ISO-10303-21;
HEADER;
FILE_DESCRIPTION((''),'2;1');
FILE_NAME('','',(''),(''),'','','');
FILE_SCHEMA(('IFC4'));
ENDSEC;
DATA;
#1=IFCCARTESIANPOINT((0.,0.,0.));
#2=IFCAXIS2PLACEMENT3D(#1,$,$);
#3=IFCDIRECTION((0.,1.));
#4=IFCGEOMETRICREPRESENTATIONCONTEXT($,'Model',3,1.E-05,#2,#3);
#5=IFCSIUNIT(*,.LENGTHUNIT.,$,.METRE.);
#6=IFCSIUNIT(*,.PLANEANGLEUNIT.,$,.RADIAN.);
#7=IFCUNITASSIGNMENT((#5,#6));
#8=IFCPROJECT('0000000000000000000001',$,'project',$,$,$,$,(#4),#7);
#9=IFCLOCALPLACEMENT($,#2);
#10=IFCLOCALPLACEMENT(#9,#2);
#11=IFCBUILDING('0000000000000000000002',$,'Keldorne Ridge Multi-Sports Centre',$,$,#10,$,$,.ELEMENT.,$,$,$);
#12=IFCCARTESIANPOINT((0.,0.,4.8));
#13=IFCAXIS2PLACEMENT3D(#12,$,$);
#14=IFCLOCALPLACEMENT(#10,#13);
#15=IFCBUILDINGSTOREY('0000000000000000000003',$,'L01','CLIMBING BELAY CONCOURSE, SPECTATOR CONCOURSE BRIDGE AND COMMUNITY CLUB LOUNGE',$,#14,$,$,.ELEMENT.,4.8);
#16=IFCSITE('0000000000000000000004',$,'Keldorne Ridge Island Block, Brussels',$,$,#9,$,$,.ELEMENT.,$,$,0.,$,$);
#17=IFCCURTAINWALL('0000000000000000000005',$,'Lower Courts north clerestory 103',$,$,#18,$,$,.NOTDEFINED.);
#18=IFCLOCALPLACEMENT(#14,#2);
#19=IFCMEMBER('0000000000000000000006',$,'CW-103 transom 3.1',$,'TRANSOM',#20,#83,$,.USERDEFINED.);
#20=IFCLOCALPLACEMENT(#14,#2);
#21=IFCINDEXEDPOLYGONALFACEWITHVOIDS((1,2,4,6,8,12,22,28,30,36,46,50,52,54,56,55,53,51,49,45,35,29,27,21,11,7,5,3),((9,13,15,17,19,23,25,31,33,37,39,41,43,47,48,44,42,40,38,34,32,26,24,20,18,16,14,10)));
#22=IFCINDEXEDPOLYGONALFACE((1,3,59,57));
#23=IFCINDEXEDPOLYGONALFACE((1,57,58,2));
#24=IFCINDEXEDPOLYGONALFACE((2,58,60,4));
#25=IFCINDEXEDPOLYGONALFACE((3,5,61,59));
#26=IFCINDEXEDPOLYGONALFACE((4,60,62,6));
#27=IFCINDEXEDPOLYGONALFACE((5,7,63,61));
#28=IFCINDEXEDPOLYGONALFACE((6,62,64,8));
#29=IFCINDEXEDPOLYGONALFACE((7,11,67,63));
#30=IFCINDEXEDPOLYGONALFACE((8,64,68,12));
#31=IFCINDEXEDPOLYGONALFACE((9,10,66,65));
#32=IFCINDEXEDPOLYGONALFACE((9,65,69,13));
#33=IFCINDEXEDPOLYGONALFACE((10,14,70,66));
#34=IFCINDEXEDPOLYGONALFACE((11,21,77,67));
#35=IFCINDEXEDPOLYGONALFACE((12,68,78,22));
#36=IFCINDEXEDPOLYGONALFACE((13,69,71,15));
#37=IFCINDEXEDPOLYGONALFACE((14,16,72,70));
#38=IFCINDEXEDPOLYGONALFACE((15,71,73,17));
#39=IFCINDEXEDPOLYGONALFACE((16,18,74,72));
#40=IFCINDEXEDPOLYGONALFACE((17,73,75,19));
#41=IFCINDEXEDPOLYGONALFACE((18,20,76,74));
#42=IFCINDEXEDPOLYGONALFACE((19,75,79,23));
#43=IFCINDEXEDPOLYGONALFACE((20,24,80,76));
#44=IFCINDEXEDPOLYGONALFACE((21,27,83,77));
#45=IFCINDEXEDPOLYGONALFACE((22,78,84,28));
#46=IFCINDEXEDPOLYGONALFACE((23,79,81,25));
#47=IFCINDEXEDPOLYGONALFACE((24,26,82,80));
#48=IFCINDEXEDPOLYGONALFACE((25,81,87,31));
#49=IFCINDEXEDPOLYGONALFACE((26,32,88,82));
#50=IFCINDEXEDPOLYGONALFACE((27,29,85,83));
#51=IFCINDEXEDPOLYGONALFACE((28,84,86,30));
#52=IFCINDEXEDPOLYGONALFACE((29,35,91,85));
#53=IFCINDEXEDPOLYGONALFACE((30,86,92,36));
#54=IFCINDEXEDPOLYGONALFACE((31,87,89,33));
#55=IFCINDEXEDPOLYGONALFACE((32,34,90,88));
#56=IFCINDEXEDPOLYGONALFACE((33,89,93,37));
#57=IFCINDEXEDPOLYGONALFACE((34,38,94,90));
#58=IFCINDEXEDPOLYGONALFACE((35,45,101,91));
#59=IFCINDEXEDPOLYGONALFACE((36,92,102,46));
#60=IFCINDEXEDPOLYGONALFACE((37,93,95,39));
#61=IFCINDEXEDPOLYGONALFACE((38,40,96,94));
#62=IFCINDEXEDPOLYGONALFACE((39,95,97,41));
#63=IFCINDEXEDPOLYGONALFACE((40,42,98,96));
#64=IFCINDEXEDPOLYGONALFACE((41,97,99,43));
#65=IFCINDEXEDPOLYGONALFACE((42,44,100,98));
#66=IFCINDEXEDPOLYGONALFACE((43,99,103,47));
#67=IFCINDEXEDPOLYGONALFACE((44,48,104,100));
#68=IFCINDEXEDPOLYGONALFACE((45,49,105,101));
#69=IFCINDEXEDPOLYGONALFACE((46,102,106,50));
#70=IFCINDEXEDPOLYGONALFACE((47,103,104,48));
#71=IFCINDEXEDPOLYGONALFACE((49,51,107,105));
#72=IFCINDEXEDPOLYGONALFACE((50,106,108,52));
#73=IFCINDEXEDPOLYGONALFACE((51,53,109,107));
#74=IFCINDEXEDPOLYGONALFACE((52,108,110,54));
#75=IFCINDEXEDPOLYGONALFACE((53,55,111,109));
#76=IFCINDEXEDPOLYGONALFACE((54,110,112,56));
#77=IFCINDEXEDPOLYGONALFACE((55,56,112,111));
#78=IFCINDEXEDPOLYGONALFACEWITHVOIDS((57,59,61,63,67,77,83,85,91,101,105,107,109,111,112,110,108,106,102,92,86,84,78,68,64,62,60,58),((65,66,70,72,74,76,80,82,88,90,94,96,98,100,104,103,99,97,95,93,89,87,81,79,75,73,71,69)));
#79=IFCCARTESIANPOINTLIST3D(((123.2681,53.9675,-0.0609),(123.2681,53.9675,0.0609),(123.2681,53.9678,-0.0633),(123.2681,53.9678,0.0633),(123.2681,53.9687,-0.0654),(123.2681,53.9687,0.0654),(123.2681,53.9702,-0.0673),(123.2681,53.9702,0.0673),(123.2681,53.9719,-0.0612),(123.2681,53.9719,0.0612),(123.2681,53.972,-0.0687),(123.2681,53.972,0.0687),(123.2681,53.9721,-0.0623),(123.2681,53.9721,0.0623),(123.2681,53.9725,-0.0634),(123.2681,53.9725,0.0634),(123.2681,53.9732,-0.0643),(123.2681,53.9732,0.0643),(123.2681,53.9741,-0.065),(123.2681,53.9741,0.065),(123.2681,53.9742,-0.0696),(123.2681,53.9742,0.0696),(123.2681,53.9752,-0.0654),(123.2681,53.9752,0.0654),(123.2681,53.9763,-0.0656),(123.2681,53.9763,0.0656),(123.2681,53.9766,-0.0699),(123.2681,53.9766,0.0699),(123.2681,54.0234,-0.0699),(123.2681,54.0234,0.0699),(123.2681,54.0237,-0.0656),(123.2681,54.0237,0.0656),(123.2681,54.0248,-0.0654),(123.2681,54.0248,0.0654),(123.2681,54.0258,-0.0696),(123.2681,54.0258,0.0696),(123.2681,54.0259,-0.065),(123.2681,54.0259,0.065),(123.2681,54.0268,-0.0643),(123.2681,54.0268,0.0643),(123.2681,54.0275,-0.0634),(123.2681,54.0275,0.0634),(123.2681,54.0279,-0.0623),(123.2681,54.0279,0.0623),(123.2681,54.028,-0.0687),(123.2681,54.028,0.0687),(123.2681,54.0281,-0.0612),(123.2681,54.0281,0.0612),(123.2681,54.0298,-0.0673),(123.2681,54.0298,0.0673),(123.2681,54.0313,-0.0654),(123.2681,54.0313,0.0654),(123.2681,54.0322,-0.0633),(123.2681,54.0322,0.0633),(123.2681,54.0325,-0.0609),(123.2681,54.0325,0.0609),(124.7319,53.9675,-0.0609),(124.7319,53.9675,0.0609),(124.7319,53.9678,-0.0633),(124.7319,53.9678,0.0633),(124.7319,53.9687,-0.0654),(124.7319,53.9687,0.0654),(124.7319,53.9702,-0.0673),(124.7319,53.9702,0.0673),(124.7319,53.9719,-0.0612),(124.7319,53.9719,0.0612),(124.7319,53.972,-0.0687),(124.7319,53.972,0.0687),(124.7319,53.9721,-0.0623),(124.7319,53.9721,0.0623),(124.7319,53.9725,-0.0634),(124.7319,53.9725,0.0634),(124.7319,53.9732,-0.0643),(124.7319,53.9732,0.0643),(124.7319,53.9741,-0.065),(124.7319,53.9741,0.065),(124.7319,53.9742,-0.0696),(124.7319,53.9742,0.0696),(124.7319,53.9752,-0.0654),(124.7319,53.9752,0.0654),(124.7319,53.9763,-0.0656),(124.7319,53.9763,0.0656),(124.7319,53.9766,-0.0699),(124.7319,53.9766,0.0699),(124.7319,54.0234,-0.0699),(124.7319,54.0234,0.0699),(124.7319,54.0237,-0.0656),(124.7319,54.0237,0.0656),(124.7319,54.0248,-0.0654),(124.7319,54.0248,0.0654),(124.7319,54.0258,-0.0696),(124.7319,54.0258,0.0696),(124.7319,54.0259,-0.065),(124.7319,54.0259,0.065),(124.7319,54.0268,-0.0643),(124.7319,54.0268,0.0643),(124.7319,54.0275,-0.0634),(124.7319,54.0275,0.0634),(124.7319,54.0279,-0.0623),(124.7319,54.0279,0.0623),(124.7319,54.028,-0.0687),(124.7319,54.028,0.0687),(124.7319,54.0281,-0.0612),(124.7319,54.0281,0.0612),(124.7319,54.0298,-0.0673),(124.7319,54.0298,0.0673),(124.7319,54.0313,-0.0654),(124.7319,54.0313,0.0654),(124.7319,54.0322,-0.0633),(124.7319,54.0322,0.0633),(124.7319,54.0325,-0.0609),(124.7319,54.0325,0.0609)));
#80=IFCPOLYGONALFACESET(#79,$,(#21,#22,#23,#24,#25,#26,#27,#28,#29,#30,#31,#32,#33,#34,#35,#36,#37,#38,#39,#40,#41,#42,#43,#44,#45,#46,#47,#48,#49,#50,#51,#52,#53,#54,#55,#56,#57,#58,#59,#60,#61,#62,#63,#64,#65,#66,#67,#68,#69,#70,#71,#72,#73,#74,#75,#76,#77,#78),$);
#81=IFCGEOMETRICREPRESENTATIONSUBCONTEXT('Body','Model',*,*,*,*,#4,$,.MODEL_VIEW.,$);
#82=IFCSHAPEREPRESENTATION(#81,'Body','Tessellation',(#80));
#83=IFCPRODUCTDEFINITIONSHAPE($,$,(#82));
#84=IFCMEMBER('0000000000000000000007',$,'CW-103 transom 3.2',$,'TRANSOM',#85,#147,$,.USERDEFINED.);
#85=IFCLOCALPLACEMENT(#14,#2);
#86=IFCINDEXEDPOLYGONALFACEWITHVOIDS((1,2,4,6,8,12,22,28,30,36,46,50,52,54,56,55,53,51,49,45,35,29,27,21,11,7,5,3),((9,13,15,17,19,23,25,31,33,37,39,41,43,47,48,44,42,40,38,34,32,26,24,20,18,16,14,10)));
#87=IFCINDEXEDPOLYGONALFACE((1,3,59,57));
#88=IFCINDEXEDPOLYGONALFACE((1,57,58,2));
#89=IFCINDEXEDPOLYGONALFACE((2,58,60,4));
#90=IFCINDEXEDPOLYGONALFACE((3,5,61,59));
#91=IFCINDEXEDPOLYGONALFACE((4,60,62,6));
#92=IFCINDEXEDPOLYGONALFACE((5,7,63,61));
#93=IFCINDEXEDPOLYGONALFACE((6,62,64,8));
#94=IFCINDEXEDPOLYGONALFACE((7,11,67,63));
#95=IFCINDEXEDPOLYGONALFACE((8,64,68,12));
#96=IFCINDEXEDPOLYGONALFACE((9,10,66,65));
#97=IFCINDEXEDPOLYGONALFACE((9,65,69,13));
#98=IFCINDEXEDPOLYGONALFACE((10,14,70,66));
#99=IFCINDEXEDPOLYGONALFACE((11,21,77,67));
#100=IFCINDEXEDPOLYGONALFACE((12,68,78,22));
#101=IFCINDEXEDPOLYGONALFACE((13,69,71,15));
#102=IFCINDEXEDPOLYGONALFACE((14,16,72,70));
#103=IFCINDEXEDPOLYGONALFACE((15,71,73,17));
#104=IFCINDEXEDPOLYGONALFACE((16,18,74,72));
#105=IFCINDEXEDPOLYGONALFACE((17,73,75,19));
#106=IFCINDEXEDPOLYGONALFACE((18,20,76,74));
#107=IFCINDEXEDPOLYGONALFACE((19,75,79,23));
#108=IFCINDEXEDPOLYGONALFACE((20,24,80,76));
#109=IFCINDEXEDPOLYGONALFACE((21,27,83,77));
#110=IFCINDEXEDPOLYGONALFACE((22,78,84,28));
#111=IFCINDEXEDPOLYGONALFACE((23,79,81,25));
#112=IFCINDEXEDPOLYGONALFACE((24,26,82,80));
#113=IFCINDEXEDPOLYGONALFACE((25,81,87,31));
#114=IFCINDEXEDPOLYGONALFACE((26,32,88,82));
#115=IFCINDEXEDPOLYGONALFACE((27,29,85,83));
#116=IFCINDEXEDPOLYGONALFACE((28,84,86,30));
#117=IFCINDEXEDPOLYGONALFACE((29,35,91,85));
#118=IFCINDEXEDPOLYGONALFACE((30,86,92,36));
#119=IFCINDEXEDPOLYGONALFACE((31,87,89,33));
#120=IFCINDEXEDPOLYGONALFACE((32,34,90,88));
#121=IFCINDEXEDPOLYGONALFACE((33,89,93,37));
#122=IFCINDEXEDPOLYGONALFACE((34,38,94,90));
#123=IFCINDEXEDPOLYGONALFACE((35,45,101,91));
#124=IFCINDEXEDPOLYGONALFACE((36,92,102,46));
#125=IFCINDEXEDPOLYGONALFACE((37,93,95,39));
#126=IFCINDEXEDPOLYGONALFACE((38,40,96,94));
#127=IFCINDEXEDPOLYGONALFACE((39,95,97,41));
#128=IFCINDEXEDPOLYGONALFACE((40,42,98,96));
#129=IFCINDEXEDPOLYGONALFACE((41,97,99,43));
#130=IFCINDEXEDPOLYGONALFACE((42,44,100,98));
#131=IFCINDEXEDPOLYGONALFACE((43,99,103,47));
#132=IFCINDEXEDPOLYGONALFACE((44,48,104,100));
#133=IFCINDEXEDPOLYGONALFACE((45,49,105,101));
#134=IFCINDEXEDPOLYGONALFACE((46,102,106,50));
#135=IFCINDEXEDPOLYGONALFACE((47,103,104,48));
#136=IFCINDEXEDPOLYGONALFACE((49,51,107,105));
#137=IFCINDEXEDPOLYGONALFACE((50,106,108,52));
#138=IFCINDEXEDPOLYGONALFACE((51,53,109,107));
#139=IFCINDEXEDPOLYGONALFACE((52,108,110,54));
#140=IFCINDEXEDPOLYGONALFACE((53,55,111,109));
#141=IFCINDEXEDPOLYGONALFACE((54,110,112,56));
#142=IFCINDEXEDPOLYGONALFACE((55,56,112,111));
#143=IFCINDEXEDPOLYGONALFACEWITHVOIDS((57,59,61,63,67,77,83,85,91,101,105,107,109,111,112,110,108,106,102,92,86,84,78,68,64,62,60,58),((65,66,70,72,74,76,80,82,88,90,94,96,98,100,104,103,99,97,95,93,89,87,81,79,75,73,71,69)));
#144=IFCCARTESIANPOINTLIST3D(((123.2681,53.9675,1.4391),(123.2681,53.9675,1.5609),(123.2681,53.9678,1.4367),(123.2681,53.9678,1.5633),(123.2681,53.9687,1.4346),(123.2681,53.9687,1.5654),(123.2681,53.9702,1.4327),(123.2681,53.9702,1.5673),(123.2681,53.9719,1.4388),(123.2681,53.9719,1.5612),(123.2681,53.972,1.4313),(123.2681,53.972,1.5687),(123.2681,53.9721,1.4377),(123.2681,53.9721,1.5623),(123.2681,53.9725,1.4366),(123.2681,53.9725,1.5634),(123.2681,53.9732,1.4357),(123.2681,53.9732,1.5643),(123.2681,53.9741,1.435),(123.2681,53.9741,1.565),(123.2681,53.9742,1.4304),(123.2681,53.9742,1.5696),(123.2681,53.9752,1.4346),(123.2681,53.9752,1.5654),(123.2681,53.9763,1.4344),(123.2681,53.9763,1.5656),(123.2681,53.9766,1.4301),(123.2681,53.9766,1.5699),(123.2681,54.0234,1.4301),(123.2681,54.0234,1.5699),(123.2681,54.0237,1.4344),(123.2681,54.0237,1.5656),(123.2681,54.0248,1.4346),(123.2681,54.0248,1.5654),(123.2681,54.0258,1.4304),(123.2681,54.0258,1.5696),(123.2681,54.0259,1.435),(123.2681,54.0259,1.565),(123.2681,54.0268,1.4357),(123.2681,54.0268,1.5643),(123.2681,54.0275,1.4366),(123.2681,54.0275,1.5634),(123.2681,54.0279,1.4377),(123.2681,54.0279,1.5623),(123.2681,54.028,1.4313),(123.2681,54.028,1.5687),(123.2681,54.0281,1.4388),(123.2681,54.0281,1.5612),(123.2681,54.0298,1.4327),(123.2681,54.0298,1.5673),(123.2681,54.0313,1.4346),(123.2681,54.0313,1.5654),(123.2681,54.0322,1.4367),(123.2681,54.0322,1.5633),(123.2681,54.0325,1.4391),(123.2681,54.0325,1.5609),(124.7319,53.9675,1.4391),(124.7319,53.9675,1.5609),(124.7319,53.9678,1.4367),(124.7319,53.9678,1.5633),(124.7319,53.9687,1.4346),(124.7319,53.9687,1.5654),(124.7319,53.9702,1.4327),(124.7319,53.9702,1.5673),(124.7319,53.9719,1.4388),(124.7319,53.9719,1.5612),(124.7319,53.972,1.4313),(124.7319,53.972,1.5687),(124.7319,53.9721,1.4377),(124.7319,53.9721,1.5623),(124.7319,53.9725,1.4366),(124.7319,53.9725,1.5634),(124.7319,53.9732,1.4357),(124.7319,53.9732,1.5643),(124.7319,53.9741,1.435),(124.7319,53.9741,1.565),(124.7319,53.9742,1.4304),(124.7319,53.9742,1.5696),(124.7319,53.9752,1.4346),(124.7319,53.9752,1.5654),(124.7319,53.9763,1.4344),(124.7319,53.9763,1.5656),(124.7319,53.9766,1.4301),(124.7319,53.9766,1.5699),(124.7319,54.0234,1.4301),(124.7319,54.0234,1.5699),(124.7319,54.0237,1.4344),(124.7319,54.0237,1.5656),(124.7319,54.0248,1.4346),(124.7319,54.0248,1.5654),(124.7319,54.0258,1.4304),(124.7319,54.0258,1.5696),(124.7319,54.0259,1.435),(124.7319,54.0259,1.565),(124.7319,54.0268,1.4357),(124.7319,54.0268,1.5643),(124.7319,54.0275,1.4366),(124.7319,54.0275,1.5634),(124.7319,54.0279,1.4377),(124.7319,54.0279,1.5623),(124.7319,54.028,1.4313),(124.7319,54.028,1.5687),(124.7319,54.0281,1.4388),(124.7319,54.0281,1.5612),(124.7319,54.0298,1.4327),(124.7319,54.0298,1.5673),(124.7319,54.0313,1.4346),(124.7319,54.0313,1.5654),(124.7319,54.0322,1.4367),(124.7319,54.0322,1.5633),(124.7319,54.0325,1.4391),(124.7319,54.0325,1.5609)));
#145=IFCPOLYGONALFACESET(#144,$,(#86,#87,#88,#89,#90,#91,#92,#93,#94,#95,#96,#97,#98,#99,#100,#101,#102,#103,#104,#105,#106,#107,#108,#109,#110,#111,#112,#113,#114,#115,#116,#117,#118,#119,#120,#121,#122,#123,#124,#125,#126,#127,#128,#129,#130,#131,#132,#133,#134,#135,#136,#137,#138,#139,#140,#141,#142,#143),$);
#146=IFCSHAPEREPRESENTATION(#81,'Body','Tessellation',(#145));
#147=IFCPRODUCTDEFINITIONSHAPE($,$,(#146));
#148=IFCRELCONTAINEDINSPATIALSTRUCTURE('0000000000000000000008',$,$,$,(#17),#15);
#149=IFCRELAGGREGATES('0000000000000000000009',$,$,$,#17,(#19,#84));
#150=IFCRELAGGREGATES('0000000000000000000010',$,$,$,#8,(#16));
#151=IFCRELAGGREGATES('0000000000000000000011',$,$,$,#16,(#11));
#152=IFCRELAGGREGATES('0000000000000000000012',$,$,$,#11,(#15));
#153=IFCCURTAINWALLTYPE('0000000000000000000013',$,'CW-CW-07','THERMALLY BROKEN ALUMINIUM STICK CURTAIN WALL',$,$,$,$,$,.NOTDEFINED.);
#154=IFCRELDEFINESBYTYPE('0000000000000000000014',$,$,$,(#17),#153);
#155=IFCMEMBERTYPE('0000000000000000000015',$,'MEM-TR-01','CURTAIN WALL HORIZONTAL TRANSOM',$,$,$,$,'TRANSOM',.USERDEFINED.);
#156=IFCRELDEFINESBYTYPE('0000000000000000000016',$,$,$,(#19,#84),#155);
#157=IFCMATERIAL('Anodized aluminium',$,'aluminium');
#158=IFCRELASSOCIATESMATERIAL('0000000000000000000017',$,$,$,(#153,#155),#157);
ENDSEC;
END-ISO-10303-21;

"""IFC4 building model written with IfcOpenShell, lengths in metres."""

from ifc_helpers import new_model, si_unit, direction, frame, origin, origin_2d, place, context, subcontext, project, spatial, hollow_rectangle, extrude, material, material_profile, profile_set, type_object, element, aggregate, save


model = new_model("IFC4")

# Units and contexts
model_context = context("Model", 3, precision=1e-05, world=origin(), true_north=direction((0.0, 1.0)))
body_context = subcontext(model_context, "Body", "Model", "MODEL_VIEW")
ifc_project = project(units=[si_unit("LENGTHUNIT", "METRE"), si_unit("PLANEANGLEUNIT", "RADIAN")], contexts=[model_context])

# Site, building, storey
site_placement = place(None, origin())
site = spatial("IfcSite", under=ifc_project, at=site_placement, Name="Keldorne Ridge Island Block, Brussels", CompositionType="ELEMENT", RefElevation=0.0)
building_placement = place(site_placement, origin())
building = spatial("IfcBuilding", under=site, at=building_placement, Name="Keldorne Ridge Multi-Sports Centre", CompositionType="ELEMENT")
storey_placement = place(building_placement, frame((0.0, 0.0, 4.8)))
storey = spatial("IfcBuildingStorey", under=building, at=storey_placement, Name="L01", Description="CLIMBING BELAY CONCOURSE, SPECTATOR CONCOURSE BRIDGE AND COMMUNITY CLUB LOUNGE", CompositionType="ELEMENT", Elevation=4.8)

# Curtain wall, members
ifc_material_1 = material(Name="Anodized aluminium", Category="aluminium")
curtain_wall_type = type_object("IfcCurtainWallType", Name="CW-CW-07", Description="THERMALLY BROKEN ALUMINIUM STICK CURTAIN WALL", PredefinedType="NOTDEFINED", material=ifc_material_1)
curtain_wall_placement = place(storey_placement, origin())
curtain_wall = element("IfcCurtainWall", 1, at=curtain_wall_placement, inside=storey, type_object=curtain_wall_type, Name="Lower Courts north clerestory 103", PredefinedType="NOTDEFINED")
ifc_material_profile_1 = material_profile(ifc_material_1, hollow_rectangle(XDim=0.0649, YDim=0.1399, WallThickness=0.0044, InnerFilletRadius=0.0044, OuterFilletRadius=0.009, at=origin_2d()), Name="ALU TRANSOM 140x65x4.5")
ifc_profile_set_1 = profile_set([ifc_material_profile_1], Name="Anodized aluminium")
member_type_1 = type_object("IfcMemberType", Name="MEM-TR-01", Description="CURTAIN WALL HORIZONTAL TRANSOM", ElementType="TRANSOM", PredefinedType="USERDEFINED", material=ifc_profile_set_1)
member_1_placement = place(storey_placement, frame((124.7319, 54.0, 0.0), z_axis=(-1.0, 0.0, 0.0), x_axis=(0.0, -1.0, 0.0)))
member_1 = element("IfcMember", 2, at=member_1_placement, type_object=member_type_1, Name="CW-103 transom 3.1", ObjectType="TRANSOM", PredefinedType="USERDEFINED", context=body_context, shape_type="SweptSolid", body=[
    extrude(hollow_rectangle(XDim=0.0649, YDim=0.1399, WallThickness=0.0044, InnerFilletRadius=0.0044, OuterFilletRadius=0.009, at=origin_2d()), origin(), (0.0, 0.0, 1.0), 1.4639),
])
member_2_placement = place(storey_placement, frame((124.7319, 54.0, 1.5), z_axis=(-1.0, 0.0, 0.0), x_axis=(0.0, -1.0, 0.0)))
member_2 = element("IfcMember", 3, at=member_2_placement, type_object=member_type_1, Name="CW-103 transom 3.2", ObjectType="TRANSOM", PredefinedType="USERDEFINED", context=body_context, shape_type="SweptSolid", body=[
    extrude(hollow_rectangle(XDim=0.0649, YDim=0.1399, WallThickness=0.0044, InnerFilletRadius=0.0044, OuterFilletRadius=0.009, at=origin_2d()), origin(), (0.0, 0.0, 1.0), 1.4639),
])
aggregate(curtain_wall, [member_1, member_2])

save(model, "model.ifc")
